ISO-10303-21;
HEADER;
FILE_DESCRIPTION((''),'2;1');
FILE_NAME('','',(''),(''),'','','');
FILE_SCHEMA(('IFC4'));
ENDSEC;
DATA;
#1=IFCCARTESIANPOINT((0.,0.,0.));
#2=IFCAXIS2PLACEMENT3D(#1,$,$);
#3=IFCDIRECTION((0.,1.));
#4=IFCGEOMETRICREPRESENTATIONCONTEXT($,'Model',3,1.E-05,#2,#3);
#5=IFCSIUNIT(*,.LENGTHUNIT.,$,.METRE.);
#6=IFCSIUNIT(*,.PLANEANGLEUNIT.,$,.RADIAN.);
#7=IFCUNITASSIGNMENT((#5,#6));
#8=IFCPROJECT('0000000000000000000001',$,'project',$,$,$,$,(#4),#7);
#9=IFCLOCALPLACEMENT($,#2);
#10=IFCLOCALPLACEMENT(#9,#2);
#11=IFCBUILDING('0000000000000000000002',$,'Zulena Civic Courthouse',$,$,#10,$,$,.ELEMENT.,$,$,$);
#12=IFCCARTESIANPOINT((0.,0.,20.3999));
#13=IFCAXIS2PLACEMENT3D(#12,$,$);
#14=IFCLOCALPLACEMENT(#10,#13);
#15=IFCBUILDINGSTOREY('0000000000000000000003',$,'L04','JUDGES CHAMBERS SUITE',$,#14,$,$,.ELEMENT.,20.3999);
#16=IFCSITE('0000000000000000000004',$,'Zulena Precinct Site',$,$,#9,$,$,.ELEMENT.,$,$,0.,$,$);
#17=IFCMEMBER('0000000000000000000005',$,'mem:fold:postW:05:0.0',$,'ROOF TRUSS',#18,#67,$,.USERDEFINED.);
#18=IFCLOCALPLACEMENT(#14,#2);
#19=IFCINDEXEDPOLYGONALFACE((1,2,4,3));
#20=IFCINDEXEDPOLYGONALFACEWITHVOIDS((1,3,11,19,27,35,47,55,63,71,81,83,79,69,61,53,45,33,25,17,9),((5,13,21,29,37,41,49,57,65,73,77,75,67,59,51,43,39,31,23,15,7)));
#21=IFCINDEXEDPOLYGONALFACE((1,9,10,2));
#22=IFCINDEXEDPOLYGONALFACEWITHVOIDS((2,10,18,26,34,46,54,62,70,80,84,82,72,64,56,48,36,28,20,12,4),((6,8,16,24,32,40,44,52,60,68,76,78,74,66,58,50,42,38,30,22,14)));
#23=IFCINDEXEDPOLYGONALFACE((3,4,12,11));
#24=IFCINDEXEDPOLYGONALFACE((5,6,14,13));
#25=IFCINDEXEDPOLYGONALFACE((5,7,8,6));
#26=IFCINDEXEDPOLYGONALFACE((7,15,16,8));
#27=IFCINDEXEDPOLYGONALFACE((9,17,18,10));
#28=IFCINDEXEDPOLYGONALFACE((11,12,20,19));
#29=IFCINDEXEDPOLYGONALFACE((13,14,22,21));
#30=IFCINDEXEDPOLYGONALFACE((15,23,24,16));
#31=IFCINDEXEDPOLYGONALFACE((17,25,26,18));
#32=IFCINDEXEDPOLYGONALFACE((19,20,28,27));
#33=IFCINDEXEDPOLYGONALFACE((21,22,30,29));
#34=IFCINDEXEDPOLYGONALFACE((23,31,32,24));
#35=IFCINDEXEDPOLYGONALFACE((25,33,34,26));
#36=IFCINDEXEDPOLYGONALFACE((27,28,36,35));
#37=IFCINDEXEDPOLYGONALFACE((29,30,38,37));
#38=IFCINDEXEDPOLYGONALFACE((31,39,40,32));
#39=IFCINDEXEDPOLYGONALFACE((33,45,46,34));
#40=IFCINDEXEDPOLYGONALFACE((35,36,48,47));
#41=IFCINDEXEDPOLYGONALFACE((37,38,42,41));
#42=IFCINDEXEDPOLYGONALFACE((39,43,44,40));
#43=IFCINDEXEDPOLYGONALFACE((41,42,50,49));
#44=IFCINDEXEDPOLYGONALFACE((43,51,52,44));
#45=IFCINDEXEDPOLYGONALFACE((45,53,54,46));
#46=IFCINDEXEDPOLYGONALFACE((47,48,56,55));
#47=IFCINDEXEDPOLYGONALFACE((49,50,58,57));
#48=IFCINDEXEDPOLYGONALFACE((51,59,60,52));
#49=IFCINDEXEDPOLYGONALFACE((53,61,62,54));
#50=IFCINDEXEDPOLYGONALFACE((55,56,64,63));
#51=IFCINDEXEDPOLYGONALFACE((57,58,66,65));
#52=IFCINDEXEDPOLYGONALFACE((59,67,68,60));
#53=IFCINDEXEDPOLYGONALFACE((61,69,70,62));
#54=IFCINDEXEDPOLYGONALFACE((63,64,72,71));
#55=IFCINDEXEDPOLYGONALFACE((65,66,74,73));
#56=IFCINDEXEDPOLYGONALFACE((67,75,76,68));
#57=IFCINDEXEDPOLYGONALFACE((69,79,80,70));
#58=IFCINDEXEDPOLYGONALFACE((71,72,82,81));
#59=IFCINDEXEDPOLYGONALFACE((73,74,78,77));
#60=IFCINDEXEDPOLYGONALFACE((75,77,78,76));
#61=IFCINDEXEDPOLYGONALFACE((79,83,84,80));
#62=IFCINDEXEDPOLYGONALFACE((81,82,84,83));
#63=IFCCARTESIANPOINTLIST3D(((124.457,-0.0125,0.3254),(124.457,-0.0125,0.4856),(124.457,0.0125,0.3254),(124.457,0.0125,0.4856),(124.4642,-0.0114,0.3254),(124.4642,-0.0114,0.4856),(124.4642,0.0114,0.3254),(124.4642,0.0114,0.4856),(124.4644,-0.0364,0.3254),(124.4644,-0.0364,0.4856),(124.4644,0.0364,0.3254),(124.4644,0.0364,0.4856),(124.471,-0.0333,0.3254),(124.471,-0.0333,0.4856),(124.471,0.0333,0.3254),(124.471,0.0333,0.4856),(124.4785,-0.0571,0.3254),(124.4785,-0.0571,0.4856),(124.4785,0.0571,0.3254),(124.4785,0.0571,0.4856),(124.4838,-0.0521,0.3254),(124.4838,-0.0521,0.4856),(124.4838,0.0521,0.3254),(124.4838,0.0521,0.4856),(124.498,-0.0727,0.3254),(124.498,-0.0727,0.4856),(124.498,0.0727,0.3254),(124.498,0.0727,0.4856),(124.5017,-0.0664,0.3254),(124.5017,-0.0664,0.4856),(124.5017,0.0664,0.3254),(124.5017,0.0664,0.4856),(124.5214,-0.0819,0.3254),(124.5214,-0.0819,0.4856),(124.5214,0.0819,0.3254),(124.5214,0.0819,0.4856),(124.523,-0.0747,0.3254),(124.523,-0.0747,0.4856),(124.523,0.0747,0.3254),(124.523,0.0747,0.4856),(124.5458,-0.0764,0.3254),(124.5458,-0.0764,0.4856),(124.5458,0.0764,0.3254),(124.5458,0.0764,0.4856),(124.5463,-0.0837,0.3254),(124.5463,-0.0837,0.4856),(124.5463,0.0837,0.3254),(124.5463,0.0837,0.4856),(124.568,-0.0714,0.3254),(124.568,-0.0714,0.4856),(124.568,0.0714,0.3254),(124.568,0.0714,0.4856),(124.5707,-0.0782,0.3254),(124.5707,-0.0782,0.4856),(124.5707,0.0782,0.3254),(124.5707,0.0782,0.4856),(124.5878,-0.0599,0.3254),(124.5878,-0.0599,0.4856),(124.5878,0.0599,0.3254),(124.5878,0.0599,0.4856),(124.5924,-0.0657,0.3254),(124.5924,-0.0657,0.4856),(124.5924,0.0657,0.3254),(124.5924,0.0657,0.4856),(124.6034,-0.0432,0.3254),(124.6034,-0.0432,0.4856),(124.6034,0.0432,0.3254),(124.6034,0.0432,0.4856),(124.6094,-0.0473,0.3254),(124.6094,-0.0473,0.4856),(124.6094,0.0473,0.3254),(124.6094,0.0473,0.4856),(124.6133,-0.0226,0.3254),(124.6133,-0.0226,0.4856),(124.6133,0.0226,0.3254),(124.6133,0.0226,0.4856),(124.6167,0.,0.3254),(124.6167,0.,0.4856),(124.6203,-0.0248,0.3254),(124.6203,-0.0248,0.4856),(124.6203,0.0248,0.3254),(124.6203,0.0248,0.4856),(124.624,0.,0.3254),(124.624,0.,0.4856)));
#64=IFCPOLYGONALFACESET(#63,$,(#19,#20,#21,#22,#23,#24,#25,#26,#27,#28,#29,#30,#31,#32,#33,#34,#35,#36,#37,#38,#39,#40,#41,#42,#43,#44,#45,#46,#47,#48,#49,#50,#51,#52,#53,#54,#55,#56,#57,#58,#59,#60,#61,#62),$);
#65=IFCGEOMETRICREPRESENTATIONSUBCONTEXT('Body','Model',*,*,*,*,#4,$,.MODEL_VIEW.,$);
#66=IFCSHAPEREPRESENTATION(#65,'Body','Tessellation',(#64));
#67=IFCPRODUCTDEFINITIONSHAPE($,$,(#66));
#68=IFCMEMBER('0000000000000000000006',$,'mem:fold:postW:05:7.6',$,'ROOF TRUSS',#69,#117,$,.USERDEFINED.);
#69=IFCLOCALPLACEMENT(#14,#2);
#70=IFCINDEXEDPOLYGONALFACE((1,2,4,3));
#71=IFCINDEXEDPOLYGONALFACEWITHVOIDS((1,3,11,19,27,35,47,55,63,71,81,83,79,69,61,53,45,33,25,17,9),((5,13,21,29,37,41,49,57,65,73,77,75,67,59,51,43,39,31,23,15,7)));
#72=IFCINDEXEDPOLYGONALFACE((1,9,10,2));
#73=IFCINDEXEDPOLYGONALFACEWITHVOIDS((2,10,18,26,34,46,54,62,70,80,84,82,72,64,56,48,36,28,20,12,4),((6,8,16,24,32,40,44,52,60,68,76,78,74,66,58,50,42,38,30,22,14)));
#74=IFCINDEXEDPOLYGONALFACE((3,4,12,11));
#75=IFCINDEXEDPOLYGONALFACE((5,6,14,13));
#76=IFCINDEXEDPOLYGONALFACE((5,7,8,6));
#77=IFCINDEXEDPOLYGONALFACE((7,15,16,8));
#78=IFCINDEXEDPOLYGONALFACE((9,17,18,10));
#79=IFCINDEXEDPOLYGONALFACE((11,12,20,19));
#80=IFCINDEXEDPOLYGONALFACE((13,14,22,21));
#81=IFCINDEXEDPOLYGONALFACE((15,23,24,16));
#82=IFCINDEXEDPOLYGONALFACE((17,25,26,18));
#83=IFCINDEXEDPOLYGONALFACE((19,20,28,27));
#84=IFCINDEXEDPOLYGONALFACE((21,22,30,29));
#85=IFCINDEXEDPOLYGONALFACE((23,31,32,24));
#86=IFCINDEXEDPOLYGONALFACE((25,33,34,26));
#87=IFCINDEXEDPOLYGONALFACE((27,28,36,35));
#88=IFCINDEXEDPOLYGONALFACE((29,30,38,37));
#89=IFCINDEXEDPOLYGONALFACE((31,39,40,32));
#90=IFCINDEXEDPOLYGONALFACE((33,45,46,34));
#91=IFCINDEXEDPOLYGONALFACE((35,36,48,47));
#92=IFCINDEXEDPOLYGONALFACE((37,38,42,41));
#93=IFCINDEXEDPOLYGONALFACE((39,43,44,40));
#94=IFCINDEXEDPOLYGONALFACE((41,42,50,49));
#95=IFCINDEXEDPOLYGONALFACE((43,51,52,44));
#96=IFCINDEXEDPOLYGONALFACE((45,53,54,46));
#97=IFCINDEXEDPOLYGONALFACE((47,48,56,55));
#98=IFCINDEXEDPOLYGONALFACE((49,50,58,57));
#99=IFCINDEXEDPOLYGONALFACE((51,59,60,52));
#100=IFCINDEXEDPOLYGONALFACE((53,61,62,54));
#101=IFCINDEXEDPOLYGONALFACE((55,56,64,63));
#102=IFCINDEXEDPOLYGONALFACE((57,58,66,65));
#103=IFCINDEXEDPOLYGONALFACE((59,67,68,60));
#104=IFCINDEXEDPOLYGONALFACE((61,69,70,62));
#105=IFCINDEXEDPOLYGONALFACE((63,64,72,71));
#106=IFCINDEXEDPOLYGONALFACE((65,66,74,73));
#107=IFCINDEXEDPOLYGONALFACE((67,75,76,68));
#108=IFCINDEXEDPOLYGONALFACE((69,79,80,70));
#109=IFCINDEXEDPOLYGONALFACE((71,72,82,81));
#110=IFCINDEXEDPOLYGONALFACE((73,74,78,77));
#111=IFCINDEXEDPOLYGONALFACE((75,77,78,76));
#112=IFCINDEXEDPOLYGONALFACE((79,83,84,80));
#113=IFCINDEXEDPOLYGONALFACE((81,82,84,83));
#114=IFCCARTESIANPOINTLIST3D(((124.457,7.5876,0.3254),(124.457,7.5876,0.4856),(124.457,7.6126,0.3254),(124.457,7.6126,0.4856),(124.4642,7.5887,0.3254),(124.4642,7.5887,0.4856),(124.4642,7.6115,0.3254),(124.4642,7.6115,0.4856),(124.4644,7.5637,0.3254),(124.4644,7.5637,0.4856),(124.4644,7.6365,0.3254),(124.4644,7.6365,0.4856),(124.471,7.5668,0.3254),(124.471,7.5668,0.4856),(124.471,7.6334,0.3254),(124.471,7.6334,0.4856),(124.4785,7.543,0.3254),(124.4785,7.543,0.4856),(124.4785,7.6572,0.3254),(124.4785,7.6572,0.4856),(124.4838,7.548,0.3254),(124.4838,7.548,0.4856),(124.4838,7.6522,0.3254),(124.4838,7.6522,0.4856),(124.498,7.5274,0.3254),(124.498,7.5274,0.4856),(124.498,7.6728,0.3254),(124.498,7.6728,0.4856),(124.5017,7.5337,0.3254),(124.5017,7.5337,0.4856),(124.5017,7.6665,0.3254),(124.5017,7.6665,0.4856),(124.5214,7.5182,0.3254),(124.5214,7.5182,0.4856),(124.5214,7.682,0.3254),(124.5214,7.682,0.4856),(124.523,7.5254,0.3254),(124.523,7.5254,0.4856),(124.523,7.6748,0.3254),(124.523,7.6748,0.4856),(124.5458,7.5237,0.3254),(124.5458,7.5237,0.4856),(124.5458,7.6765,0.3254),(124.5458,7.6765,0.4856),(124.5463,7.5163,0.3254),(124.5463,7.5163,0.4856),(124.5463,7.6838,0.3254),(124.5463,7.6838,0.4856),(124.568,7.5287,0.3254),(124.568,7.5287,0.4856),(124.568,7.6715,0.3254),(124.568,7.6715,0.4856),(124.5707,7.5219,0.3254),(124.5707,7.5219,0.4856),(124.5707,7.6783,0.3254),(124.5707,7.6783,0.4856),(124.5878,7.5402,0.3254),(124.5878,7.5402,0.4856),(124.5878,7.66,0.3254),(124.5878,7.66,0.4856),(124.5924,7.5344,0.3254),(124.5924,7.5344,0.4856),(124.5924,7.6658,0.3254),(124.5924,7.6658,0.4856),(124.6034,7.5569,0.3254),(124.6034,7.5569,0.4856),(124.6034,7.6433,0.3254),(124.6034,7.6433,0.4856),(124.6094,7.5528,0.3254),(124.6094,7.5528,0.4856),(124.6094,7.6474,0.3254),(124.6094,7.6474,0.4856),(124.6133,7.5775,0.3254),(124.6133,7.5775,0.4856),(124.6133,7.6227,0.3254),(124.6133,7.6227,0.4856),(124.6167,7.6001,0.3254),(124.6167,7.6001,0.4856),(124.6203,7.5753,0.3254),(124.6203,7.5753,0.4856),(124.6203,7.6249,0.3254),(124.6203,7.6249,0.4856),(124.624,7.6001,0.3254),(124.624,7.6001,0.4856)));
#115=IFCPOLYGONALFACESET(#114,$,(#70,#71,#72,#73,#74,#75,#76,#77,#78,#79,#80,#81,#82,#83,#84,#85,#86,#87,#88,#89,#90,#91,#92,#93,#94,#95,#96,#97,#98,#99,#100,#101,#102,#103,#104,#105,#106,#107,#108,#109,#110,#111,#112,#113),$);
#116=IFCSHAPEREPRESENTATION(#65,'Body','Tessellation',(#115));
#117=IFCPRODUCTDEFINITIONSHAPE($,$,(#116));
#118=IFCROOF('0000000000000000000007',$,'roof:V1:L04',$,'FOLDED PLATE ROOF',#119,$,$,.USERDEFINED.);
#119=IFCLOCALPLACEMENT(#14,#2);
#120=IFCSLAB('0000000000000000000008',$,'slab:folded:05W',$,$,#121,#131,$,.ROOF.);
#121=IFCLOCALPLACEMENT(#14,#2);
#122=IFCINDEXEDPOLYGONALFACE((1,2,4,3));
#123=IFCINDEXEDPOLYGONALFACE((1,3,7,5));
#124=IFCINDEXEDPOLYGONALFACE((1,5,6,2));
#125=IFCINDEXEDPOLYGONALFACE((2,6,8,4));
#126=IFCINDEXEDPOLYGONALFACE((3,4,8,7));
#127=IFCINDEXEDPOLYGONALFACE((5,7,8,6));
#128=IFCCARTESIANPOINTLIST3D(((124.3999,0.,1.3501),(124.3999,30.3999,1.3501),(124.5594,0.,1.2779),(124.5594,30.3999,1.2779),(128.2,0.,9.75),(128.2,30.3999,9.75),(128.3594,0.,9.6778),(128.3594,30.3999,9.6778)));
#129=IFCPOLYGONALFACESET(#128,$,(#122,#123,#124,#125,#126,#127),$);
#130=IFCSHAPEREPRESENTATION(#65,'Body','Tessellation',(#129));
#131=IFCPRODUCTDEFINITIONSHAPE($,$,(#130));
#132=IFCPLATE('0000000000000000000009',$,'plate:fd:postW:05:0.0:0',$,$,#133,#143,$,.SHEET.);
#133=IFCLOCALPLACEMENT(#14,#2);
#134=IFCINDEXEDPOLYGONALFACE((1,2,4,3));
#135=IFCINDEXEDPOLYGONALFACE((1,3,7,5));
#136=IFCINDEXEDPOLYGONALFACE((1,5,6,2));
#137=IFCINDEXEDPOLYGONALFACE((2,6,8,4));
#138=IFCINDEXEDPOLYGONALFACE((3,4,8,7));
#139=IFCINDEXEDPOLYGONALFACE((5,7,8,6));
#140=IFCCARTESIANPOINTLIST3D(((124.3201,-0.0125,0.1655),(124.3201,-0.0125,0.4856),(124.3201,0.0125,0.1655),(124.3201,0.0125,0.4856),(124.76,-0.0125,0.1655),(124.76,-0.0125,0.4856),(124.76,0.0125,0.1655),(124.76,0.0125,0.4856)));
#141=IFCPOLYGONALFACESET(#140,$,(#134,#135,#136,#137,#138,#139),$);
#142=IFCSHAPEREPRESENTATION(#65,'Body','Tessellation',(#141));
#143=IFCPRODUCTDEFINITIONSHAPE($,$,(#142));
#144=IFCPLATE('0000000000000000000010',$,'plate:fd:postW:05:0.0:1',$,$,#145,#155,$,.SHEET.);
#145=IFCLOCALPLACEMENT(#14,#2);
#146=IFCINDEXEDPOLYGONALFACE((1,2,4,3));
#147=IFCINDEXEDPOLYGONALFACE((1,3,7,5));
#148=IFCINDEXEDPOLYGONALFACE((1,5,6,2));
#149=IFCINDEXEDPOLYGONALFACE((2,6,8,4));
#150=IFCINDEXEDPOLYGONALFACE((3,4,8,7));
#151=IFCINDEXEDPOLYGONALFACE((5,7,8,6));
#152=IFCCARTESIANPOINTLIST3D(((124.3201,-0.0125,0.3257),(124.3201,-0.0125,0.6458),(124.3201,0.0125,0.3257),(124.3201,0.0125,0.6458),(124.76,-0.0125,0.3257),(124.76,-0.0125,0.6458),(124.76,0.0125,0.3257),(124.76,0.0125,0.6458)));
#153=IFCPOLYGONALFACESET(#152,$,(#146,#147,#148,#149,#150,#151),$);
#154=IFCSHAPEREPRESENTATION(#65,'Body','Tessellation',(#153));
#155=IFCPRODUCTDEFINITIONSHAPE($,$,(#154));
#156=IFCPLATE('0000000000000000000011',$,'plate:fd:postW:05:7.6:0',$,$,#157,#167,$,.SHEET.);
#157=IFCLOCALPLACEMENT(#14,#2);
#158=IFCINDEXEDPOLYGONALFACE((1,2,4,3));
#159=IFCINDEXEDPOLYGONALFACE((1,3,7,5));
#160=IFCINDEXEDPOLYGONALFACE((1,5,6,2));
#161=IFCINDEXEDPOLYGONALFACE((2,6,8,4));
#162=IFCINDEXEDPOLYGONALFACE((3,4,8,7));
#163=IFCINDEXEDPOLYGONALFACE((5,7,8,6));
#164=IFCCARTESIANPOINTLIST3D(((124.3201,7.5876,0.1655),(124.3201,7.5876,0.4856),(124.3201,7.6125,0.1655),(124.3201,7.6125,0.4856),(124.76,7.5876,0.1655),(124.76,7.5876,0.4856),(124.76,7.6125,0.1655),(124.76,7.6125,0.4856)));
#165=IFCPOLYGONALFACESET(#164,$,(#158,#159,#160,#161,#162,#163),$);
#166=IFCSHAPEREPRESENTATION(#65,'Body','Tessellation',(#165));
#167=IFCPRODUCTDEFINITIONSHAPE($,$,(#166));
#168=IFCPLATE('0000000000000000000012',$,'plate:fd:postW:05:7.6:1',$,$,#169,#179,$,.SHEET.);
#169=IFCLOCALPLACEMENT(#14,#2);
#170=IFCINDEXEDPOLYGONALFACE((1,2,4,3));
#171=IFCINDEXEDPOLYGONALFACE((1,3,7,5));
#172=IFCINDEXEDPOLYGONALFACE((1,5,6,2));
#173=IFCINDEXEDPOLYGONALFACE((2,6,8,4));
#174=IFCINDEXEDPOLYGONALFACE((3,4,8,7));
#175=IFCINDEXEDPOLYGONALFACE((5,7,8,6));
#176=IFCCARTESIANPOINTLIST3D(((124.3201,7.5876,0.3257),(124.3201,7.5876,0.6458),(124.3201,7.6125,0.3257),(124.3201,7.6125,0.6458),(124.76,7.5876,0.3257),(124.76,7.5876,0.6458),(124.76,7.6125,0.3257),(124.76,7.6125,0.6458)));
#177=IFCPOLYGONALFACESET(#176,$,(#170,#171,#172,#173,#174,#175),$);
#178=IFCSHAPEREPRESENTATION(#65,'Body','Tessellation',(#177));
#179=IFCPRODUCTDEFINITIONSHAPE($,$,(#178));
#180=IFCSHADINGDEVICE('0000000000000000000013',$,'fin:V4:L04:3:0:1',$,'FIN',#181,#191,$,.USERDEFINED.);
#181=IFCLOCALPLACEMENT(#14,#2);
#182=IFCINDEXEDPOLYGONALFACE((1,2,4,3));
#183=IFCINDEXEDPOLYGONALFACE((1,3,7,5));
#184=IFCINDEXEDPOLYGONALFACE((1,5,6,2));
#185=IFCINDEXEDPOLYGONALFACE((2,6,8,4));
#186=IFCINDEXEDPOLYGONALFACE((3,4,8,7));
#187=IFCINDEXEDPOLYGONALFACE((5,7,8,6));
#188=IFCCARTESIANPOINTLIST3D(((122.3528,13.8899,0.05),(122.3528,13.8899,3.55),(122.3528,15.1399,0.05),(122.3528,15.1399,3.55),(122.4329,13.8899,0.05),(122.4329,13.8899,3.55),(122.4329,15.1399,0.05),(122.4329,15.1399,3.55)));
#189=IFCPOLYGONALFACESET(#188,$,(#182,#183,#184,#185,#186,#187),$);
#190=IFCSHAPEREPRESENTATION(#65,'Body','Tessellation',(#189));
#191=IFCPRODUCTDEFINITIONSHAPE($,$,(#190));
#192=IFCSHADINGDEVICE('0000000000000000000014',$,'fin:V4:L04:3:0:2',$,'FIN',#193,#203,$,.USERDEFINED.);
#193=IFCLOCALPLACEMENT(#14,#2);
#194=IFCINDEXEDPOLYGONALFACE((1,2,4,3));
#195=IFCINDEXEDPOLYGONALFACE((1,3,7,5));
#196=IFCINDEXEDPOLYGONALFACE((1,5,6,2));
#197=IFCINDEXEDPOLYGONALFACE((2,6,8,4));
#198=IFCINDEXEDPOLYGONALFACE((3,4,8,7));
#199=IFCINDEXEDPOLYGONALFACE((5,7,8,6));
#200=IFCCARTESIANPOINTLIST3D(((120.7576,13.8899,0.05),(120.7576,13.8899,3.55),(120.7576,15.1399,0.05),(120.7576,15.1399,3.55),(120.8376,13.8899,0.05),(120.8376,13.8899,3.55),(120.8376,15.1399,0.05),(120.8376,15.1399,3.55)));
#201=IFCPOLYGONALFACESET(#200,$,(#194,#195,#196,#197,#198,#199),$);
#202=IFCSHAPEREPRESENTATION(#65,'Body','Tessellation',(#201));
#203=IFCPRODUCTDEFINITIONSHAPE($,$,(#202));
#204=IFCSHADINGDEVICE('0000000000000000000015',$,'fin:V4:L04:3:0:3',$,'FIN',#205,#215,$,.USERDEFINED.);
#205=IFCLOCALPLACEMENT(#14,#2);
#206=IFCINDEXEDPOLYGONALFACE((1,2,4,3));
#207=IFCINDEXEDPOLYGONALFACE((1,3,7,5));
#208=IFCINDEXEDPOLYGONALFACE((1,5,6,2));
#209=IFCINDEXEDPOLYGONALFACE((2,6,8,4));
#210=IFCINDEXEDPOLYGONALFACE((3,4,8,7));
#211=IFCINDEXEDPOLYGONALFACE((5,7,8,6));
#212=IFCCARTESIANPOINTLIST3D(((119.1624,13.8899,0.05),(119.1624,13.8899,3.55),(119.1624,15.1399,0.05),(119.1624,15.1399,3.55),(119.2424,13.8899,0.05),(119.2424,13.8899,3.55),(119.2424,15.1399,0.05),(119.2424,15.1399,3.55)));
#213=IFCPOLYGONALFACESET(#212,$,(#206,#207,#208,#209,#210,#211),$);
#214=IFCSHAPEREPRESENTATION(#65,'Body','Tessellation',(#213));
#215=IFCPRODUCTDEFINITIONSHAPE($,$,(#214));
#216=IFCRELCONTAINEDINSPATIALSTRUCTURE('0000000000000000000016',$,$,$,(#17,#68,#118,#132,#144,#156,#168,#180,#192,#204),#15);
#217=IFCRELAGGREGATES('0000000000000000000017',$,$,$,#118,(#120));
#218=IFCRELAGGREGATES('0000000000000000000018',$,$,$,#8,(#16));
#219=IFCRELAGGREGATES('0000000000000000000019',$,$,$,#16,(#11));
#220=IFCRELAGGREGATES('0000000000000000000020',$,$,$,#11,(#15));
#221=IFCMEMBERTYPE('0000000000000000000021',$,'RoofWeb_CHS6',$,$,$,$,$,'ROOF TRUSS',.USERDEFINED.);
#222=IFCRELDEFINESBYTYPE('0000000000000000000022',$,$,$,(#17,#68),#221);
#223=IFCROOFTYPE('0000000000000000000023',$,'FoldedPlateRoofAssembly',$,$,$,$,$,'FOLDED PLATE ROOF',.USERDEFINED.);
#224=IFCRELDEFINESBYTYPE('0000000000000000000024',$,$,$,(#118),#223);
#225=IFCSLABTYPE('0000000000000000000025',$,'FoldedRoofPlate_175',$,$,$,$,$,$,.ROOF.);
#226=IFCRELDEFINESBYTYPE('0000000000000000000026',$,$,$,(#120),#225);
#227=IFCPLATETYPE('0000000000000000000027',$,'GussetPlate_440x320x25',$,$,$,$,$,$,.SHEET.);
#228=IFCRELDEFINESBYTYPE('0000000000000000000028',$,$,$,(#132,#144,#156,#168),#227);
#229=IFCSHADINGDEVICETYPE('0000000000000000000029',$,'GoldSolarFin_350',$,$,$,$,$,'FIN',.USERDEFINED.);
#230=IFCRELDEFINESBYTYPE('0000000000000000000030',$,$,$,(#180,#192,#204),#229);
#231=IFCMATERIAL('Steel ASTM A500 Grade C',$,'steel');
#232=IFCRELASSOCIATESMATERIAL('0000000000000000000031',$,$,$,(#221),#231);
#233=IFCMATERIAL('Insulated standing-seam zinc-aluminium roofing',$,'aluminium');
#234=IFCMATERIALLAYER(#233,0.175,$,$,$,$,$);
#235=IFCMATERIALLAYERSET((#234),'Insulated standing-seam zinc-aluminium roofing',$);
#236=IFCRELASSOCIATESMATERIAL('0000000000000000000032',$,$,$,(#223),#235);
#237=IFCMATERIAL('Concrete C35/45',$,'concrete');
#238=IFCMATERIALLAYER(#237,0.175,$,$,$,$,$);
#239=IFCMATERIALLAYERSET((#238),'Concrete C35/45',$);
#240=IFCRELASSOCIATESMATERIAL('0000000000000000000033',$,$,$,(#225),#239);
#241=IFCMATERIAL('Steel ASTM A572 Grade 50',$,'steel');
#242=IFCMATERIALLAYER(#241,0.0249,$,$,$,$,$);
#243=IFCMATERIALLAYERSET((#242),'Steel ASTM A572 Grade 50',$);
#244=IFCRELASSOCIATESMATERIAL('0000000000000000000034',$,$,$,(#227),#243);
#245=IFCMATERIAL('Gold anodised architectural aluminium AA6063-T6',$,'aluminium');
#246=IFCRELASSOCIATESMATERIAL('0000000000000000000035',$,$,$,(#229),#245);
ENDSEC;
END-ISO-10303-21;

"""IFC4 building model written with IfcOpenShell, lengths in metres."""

from ifc_helpers import new_model, si_unit, direction, frame, origin, origin_2d, place, context, subcontext, project, spatial, polyline, rectangle, hollow_circle, outline, extrude, material, layer, layer_set, material_profile, profile_set, type_object, element, aggregate, save


model = new_model("IFC4")

# Units and contexts
model_context = context("Model", 3, precision=1e-05, world=origin(), true_north=direction((0.0, 1.0)))
body_context = subcontext(model_context, "Body", "Model", "MODEL_VIEW")
ifc_project = project(units=[si_unit("LENGTHUNIT", "METRE"), si_unit("PLANEANGLEUNIT", "RADIAN")], contexts=[model_context])

# Site, building, storey
site_placement = place(None, origin())
site = spatial("IfcSite", under=ifc_project, at=site_placement, Name="Zulena Precinct Site", CompositionType="ELEMENT", RefElevation=0.0)
building_placement = place(site_placement, origin())
building = spatial("IfcBuilding", under=site, at=building_placement, Name="Zulena Civic Courthouse", CompositionType="ELEMENT")
storey_placement = place(building_placement, frame((0.0, 0.0, 20.3999)))
storey = spatial("IfcBuildingStorey", under=building, at=storey_placement, Name="L04", Description="JUDGES CHAMBERS SUITE", CompositionType="ELEMENT", Elevation=20.3999)

# Members
ifc_material_1 = material(Name="Steel ASTM A500 Grade C", Category="steel")
ifc_material_profile_1 = material_profile(ifc_material_1, hollow_circle(Radius=0.084, WallThickness=0.0073, at=origin_2d()), Name="HSS6.625X0.312")
ifc_profile_set_1 = profile_set([ifc_material_profile_1], Name="Steel ASTM A500 Grade C")
member_type_1 = type_object("IfcMemberType", Name="RoofWeb_CHS6", ElementType="ROOF TRUSS", PredefinedType="USERDEFINED", material=ifc_profile_set_1)
for number, where, z_axis, x_axis, name in (
    (1, (124.54, 0.0, 0.3254), (0.0, 0.0, 1.0), (1.0, 0.0, 0.0), "mem:fold:postW:05:0.0"),
    (2, (124.54, 7.6001, 0.3254), (0.0, 0.0, 1.0), (1.0, 0.0, 0.0), "mem:fold:postW:05:7.6"),
):
    element("IfcMember", number, at=place(storey_placement, frame(where, z_axis=z_axis, x_axis=x_axis)), inside=storey, type_object=member_type_1, Name=name, ObjectType="ROOF TRUSS", PredefinedType="USERDEFINED", context=body_context, shape_type="SweptSolid", body=[
        extrude(hollow_circle(Radius=0.084, WallThickness=0.0073, at=origin_2d()), origin(), (0.0, 0.0, 1.0), 0.1602),
    ])

# Roof, slab
ifc_material_2 = material(Name="Insulated standing-seam zinc-aluminium roofing", Category="aluminium")
ifc_layer_1 = layer(ifc_material_2, 0.175)
ifc_layer_set_1 = layer_set([ifc_layer_1], Name="Insulated standing-seam zinc-aluminium roofing")
roof_type = type_object("IfcRoofType", Name="FoldedPlateRoofAssembly", ElementType="FOLDED PLATE ROOF", PredefinedType="USERDEFINED", material=ifc_layer_set_1)
roof_placement = place(storey_placement, origin())
roof = element("IfcRoof", 3, at=roof_placement, inside=storey, type_object=roof_type, Name="roof:V1:L04", ObjectType="FOLDED PLATE ROOF", PredefinedType="USERDEFINED")
ifc_material_3 = material(Name="Concrete C35/45", Category="concrete")
ifc_layer_2 = layer(ifc_material_3, 0.175)
ifc_layer_set_2 = layer_set([ifc_layer_2], Name="Concrete C35/45")
slab_type = type_object("IfcSlabType", Name="FoldedRoofPlate_175", PredefinedType="ROOF", material=ifc_layer_set_2)
slab_placement = place(storey_placement, frame((124.3999, 0.0, 1.3501), z_axis=(-0.911104, 0.0, 0.412176), x_axis=(0.412176, 0.0, 0.911104)))
slab = element("IfcSlab", 4, at=slab_placement, type_object=slab_type, Name="slab:folded:05W", PredefinedType="ROOF", context=body_context, shape_type="SweptSolid", body=[
    extrude(outline(polyline([(0.0, 0.0), (9.2195, 0.0), (9.2195, 30.3999), (0.0, 30.3999), (0.0, 0.0)])), origin(), (0.0, 0.0, -1.0), 0.175),
])
aggregate(roof, [slab])

# Plates
ifc_material_4 = material(Name="Steel ASTM A572 Grade 50", Category="steel")
ifc_layer_3 = layer(ifc_material_4, 0.0249)
ifc_layer_set_3 = layer_set([ifc_layer_3], Name="Steel ASTM A572 Grade 50")
plate_type = type_object("IfcPlateType", Name="GussetPlate_440x320x25", PredefinedType="SHEET", material=ifc_layer_set_3)
for number, where, z_axis, x_axis, name in (
    (5, (124.54, 0.0, 0.1655), (0.0, 0.0, 1.0), (1.0, 0.0, 0.0), "plate:fd:postW:05:0.0:0"),
    (6, (124.54, 0.0, 0.3257), (0.0, 0.0, 1.0), (1.0, 0.0, 0.0), "plate:fd:postW:05:0.0:1"),
    (7, (124.54, 7.6001, 0.1655), (0.0, 0.0, 1.0), (1.0, 0.0, 0.0), "plate:fd:postW:05:7.6:0"),
    (8, (124.54, 7.6001, 0.3257), (0.0, 0.0, 1.0), (1.0, 0.0, 0.0), "plate:fd:postW:05:7.6:1"),
):
    element("IfcPlate", number, at=place(storey_placement, frame(where, z_axis=z_axis, x_axis=x_axis)), inside=storey, type_object=plate_type, Name=name, PredefinedType="SHEET", context=body_context, shape_type="SweptSolid", body=[
        extrude(rectangle(XDim=0.4399, YDim=0.0249, at=origin_2d()), origin(), (0.0, 0.0, 1.0), 0.3201),
    ])

# Shading devices
ifc_material_5 = material(Name="Gold anodised architectural aluminium AA6063-T6", Category="aluminium")
shading_device_type = type_object("IfcShadingDeviceType", Name="GoldSolarFin_350", ElementType="FIN", PredefinedType="USERDEFINED", material=ifc_material_5)
for number, where, z_axis, x_axis, name in (
    (9, (122.3928, 14.5149, 0.05), (0.0, 0.0, 1.0), (0.0, -1.0, 0.0), "fin:V4:L04:3:0:1"),
    (10, (120.7976, 14.5149, 0.05), (0.0, 0.0, 1.0), (0.0, -1.0, 0.0), "fin:V4:L04:3:0:2"),
    (11, (119.2024, 14.5149, 0.05), (0.0, 0.0, 1.0), (0.0, -1.0, 0.0), "fin:V4:L04:3:0:3"),
):
    element("IfcShadingDevice", number, at=place(storey_placement, frame(where, z_axis=z_axis, x_axis=x_axis)), inside=storey, type_object=shading_device_type, Name=name, ObjectType="FIN", PredefinedType="USERDEFINED", context=body_context, shape_type="SweptSolid", body=[
        extrude(rectangle(XDim=1.25, YDim=0.0801, at=origin_2d()), origin(), (0.0, 0.0, 1.0), 3.5),
    ])

save(model, "model.ifc")
